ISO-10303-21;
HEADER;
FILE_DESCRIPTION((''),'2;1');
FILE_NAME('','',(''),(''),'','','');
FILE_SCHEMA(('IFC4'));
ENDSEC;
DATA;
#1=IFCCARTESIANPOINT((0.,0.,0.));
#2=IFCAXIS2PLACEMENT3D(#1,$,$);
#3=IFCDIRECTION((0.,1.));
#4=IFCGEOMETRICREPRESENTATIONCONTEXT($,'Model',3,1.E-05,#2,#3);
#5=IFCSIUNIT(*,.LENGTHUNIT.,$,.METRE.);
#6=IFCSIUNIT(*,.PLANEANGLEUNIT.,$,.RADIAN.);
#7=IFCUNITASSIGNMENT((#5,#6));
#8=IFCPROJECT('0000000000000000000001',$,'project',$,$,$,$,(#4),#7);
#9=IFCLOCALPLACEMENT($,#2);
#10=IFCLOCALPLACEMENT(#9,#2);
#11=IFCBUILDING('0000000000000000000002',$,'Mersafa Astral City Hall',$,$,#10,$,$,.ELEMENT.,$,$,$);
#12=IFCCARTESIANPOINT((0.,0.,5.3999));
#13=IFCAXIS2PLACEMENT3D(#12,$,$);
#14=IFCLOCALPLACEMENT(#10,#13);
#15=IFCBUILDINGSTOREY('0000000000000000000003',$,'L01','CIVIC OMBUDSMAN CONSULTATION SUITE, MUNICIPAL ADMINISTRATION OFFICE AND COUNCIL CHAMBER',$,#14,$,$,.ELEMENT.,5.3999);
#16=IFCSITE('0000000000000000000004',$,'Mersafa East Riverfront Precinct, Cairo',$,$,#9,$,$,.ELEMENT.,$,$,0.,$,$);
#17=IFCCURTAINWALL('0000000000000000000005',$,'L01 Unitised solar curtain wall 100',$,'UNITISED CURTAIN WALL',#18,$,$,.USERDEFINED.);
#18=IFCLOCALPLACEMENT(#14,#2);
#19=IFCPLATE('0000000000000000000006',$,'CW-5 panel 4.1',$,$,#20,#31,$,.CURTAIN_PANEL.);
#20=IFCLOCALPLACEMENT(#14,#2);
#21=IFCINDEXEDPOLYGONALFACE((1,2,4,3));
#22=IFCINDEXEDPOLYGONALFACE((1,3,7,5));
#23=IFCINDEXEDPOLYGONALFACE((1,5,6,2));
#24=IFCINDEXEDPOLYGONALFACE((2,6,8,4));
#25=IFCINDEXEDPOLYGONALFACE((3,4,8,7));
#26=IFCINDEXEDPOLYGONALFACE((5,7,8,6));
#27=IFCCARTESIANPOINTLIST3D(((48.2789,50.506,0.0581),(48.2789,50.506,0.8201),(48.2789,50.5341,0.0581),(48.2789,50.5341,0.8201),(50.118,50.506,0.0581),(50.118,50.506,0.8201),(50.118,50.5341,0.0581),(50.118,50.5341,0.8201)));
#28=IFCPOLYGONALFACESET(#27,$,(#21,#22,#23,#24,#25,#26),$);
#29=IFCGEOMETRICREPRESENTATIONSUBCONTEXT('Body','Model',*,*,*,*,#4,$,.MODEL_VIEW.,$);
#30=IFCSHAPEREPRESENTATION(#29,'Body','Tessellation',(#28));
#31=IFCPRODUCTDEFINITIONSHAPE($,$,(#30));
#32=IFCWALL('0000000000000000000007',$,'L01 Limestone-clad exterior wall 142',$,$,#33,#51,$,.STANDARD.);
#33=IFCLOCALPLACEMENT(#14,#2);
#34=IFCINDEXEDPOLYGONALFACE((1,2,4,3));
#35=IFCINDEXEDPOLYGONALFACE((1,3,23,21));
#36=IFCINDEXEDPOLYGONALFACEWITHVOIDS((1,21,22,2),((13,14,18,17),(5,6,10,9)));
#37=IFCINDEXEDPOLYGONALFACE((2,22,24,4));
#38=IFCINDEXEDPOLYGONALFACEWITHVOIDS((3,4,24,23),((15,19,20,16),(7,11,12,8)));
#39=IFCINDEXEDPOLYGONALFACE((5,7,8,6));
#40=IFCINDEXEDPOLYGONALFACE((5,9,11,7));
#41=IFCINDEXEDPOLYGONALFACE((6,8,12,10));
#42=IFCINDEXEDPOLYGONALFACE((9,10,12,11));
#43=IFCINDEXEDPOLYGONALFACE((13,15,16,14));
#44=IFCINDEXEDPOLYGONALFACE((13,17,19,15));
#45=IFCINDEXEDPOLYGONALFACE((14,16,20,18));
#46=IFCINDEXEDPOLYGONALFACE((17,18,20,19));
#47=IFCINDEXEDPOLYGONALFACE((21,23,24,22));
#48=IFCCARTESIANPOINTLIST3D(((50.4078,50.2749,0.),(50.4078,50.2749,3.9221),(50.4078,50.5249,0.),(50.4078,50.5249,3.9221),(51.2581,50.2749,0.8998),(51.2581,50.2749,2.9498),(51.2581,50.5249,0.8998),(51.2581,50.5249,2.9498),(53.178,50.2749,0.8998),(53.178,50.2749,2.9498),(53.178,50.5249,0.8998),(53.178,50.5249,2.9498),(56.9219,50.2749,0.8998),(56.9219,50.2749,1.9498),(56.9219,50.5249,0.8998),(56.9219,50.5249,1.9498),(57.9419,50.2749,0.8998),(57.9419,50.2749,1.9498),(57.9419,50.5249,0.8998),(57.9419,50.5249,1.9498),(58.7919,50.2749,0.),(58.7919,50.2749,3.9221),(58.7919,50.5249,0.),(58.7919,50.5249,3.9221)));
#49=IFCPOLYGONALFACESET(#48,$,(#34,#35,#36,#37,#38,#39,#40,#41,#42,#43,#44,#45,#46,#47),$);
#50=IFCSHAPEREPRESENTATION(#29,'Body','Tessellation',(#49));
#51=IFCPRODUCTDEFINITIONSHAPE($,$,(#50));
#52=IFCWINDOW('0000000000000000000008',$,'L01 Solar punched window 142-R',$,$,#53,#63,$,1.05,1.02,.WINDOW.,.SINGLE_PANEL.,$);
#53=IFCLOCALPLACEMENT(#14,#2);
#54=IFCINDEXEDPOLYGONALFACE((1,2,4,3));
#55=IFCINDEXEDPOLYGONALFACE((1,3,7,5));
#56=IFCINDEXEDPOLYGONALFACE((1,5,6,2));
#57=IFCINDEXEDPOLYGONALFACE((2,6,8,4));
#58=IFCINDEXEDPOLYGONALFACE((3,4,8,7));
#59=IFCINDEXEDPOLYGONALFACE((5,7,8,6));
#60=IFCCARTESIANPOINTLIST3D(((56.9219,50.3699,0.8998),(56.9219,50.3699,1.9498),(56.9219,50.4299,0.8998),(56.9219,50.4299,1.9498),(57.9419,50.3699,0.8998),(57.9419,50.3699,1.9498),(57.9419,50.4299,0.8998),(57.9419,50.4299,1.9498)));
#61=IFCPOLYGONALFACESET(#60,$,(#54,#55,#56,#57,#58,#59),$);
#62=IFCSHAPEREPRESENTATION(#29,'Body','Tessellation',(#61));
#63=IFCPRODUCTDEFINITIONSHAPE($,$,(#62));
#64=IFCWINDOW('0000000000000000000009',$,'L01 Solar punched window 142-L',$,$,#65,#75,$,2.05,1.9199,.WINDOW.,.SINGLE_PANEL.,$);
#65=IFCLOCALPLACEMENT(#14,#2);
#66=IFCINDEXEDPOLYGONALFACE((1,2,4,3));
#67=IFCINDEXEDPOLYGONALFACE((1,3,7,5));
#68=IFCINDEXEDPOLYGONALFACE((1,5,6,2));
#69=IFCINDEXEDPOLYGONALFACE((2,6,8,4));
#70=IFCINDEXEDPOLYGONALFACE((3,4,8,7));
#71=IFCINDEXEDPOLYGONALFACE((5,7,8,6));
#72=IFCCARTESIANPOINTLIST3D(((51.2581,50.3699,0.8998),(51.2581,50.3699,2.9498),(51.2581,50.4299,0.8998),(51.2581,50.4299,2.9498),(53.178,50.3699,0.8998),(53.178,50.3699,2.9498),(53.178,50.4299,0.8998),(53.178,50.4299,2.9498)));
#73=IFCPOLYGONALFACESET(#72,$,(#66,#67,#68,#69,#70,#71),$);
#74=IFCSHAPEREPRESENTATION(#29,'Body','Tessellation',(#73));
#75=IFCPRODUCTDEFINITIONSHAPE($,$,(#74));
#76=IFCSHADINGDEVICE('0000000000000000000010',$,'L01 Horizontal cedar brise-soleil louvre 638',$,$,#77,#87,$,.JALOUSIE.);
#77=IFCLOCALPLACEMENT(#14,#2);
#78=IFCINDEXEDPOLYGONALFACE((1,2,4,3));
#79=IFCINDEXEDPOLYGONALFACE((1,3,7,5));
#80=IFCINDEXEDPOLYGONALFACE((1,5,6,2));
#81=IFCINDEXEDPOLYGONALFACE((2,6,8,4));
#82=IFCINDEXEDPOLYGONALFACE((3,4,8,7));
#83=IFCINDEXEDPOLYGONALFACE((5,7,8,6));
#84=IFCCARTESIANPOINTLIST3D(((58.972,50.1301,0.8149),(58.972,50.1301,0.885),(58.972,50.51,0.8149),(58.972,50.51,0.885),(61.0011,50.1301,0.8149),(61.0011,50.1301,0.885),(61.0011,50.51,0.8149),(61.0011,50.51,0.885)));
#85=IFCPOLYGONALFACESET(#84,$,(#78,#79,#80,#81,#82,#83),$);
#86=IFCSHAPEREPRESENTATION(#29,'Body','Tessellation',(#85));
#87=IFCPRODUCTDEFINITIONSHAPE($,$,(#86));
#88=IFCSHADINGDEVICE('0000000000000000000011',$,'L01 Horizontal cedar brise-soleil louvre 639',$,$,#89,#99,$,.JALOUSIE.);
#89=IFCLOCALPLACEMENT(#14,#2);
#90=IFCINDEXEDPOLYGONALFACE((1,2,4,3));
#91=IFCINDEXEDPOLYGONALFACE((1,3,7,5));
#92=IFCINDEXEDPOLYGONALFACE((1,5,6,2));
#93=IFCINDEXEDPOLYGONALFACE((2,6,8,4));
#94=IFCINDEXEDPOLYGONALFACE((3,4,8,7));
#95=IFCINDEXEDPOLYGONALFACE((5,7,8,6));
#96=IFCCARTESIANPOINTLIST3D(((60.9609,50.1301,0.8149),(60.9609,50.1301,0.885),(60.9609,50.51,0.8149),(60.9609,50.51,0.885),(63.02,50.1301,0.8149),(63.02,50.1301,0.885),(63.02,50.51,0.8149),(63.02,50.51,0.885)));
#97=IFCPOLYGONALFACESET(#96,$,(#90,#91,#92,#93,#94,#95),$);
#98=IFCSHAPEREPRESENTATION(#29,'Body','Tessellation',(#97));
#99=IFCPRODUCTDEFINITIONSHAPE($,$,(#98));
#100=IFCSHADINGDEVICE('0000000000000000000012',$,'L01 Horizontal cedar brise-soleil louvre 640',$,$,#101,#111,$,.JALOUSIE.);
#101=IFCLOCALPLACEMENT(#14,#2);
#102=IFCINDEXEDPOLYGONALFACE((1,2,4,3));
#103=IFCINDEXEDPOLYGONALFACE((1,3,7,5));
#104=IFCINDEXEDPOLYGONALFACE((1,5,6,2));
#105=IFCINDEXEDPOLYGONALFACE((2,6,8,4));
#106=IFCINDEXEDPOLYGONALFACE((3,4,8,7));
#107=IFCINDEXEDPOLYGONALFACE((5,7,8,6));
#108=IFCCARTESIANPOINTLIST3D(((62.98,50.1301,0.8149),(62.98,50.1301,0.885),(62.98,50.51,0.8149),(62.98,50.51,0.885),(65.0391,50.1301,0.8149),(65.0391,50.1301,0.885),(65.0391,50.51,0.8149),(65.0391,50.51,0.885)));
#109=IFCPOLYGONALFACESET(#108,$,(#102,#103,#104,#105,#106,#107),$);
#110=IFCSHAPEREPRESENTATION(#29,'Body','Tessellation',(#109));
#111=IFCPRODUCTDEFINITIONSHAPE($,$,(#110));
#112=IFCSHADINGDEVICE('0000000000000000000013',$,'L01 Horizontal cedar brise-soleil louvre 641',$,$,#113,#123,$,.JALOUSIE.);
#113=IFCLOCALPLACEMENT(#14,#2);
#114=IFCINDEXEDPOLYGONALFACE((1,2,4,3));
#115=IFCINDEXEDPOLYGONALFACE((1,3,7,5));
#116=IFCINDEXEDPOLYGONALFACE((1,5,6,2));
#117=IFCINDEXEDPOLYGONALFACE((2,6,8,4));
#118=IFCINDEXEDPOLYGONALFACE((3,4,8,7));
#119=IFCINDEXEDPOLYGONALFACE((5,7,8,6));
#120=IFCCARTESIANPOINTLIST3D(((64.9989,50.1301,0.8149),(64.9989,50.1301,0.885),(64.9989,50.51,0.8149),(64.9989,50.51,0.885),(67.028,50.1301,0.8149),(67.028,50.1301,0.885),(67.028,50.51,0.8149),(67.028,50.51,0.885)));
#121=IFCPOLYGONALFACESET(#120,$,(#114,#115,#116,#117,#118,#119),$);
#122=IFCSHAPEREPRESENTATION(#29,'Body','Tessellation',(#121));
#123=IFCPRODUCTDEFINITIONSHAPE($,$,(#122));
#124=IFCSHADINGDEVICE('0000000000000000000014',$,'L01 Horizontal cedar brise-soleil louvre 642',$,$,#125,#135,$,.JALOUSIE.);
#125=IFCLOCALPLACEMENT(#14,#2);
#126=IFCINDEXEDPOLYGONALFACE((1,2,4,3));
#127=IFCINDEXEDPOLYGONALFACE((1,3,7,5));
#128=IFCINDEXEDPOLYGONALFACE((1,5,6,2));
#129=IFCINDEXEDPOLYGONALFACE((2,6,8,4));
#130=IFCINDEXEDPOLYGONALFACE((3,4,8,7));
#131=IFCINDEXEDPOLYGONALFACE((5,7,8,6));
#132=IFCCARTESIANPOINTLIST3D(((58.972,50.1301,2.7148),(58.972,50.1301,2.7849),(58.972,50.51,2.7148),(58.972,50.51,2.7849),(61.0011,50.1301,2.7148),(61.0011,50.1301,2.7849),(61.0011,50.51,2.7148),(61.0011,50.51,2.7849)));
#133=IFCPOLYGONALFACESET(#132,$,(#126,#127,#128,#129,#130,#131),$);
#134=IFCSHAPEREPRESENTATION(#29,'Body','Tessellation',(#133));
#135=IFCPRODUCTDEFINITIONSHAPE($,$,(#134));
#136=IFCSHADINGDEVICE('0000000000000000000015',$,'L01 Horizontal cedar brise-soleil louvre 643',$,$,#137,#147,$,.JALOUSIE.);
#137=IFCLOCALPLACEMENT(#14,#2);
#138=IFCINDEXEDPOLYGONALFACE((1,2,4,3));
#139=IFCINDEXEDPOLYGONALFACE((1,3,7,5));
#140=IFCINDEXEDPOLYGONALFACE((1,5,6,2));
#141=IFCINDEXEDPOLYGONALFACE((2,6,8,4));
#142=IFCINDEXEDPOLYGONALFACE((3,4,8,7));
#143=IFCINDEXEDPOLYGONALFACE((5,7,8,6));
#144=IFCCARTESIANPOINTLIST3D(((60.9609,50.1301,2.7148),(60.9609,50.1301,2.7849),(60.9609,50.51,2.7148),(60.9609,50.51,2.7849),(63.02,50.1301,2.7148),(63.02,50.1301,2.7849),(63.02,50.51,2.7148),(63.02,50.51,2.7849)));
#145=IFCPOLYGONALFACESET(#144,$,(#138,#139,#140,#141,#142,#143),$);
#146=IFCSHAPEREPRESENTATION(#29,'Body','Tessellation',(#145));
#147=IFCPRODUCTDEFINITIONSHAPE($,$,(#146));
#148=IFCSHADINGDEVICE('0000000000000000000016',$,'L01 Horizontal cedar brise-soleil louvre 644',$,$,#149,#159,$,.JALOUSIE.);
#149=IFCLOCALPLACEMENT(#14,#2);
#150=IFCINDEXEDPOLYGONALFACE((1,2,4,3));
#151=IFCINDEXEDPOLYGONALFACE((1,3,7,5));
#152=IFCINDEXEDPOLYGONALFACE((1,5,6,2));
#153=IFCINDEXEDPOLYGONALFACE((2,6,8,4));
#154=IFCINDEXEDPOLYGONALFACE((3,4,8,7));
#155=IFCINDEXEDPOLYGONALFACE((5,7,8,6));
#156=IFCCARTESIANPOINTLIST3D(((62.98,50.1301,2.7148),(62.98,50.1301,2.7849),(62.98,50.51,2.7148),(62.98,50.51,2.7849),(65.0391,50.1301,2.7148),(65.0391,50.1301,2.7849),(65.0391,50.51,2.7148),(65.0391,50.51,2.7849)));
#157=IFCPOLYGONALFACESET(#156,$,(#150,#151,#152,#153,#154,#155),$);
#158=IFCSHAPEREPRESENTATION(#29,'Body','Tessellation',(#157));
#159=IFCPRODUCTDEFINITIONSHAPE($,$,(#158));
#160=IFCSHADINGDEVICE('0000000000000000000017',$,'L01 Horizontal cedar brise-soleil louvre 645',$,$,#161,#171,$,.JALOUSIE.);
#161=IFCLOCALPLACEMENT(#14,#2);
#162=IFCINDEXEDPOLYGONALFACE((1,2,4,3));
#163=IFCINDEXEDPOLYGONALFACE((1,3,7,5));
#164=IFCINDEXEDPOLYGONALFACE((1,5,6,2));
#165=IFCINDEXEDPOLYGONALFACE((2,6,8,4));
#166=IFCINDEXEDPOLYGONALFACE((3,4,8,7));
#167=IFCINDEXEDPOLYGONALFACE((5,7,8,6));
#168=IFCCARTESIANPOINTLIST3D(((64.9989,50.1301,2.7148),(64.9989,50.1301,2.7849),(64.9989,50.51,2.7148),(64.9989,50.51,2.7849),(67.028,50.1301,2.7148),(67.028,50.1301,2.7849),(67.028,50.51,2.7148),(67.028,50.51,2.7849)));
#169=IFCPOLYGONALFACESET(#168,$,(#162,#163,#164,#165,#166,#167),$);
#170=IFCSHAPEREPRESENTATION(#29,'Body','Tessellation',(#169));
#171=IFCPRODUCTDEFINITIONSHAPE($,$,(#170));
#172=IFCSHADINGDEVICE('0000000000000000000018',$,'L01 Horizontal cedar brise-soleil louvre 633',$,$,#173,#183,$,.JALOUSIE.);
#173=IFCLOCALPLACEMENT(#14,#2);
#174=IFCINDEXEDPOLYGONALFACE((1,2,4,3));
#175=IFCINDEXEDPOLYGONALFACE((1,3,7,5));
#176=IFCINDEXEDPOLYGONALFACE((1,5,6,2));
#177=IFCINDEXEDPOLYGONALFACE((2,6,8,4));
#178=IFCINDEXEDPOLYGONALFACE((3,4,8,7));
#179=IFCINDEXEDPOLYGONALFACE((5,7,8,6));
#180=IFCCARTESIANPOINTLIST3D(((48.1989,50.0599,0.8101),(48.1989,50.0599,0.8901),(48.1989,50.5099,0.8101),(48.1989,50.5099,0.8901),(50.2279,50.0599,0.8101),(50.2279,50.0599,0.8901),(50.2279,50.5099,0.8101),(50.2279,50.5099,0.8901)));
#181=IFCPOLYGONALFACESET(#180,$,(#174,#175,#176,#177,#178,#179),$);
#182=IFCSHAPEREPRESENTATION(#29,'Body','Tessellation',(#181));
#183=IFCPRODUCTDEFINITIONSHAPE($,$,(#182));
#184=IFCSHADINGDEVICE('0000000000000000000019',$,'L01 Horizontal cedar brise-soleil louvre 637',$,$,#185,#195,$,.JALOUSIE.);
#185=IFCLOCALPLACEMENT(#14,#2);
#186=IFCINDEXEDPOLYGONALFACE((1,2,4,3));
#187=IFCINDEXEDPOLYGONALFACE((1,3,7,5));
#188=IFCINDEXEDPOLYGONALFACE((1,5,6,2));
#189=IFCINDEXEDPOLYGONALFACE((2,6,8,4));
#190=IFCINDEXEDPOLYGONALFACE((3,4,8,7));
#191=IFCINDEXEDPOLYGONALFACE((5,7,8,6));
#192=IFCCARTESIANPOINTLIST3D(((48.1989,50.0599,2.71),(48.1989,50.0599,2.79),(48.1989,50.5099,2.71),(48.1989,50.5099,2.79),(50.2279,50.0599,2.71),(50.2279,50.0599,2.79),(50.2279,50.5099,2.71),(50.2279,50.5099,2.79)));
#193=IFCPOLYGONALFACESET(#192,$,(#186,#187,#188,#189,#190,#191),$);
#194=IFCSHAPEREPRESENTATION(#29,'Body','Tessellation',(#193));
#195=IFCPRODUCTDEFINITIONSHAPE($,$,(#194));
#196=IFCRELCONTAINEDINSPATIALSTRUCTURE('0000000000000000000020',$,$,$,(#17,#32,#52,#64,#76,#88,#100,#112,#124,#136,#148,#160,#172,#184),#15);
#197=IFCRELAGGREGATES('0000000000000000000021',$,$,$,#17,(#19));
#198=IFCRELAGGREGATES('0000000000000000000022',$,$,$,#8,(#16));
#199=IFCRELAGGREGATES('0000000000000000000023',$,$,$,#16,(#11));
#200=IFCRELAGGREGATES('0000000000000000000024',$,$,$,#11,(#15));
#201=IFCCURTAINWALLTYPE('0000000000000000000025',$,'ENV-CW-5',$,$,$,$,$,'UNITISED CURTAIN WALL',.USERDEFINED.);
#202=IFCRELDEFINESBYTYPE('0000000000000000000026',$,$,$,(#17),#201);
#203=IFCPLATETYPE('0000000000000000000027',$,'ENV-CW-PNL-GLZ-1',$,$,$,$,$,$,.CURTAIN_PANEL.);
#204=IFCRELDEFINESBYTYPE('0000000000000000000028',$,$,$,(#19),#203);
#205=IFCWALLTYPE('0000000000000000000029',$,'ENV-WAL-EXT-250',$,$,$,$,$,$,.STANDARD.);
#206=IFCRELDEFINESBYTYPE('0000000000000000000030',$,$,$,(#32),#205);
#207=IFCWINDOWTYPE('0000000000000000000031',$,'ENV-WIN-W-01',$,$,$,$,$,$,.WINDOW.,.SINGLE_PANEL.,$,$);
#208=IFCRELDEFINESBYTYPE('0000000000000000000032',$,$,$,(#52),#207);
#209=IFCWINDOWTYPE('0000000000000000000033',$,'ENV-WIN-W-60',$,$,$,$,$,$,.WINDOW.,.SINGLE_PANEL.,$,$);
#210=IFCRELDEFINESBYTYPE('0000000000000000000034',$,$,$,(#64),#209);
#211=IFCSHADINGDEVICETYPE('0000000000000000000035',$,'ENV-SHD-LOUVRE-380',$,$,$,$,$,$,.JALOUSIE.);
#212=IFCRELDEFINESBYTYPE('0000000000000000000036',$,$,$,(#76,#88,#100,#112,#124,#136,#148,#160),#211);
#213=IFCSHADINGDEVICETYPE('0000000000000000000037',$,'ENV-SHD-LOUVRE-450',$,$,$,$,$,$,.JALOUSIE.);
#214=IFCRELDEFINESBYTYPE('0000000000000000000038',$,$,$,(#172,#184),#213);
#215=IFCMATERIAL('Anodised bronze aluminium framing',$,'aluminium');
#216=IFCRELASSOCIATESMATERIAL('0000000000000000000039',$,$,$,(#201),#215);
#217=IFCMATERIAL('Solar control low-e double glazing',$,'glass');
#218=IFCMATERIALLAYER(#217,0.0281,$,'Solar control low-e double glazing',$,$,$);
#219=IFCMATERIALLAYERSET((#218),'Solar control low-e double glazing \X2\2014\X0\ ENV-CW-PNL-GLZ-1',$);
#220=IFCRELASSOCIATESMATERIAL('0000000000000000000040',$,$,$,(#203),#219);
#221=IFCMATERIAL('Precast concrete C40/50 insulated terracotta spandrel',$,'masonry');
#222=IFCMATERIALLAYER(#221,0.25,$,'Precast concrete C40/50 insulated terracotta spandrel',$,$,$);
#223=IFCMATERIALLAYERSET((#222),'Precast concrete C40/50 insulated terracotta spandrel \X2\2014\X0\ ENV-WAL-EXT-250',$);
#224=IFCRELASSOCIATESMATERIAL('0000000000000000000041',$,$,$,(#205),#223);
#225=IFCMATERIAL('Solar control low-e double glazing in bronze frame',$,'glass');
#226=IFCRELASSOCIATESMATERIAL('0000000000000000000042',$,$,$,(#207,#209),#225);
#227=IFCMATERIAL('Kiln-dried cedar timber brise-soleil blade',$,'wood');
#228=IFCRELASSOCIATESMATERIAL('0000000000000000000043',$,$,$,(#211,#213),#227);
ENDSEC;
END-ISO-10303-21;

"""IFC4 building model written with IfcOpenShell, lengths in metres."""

from ifc_helpers import new_model, si_unit, direction, frame, frame_2d, origin, origin_2d, place, context, subcontext, project, spatial, rectangle, extrude, material, layer, layer_set, type_object, element, fill, aggregate, save


model = new_model("IFC4")

# Units and contexts
model_context = context("Model", 3, precision=1e-05, world=origin(), true_north=direction((0.0, 1.0)))
body_context = subcontext(model_context, "Body", "Model", "MODEL_VIEW")
ifc_project = project(units=[si_unit("LENGTHUNIT", "METRE"), si_unit("PLANEANGLEUNIT", "RADIAN")], contexts=[model_context])

# Site, building, storey
site_placement = place(None, origin())
site = spatial("IfcSite", under=ifc_project, at=site_placement, Name="Mersafa East Riverfront Precinct, Cairo", CompositionType="ELEMENT", RefElevation=0.0)
building_placement = place(site_placement, origin())
building = spatial("IfcBuilding", under=site, at=building_placement, Name="Mersafa Astral City Hall", CompositionType="ELEMENT")
storey_placement = place(building_placement, frame((0.0, 0.0, 5.3999)))
storey = spatial("IfcBuildingStorey", under=building, at=storey_placement, Name="L01", Description="CIVIC OMBUDSMAN CONSULTATION SUITE, MUNICIPAL ADMINISTRATION OFFICE AND COUNCIL CHAMBER", CompositionType="ELEMENT", Elevation=5.3999)

# Curtain wall
ifc_material_1 = material(Name="Anodised bronze aluminium framing", Category="aluminium")
curtain_wall_type = type_object("IfcCurtainWallType", Name="ENV-CW-5", ElementType="UNITISED CURTAIN WALL", PredefinedType="USERDEFINED", material=ifc_material_1)
curtain_wall_placement = place(storey_placement, origin())
curtain_wall = element("IfcCurtainWall", 1, at=curtain_wall_placement, inside=storey, type_object=curtain_wall_type, Name="L01 Unitised solar curtain wall 100", ObjectType="UNITISED CURTAIN WALL", PredefinedType="USERDEFINED")

# Plate
ifc_material_2 = material(Name="Solar control low-e double glazing", Category="glass")
ifc_layer_1 = layer(ifc_material_2, 0.0281, Name="Solar control low-e double glazing")
ifc_layer_set_1 = layer_set([ifc_layer_1], Name="Solar control low-e double glazing — ENV-CW-PNL-GLZ-1")
plate_type = type_object("IfcPlateType", Name="ENV-CW-PNL-GLZ-1", PredefinedType="CURTAIN_PANEL", material=ifc_layer_set_1)
plate_placement = place(storey_placement, frame((49.1985, 50.52, 0.0581), z_axis=(0.0, 0.0, 1.0), x_axis=(1.0, 0.0, 0.0)))
plate = element("IfcPlate", 2, at=plate_placement, type_object=plate_type, Name="CW-5 panel 4.1", PredefinedType="CURTAIN_PANEL", context=body_context, shape_type="SweptSolid", body=[
    extrude(rectangle(XDim=1.8391, YDim=0.0281, at=origin_2d()), origin(), (0.0, 0.0, 1.0), 0.762),
])
aggregate(curtain_wall, [plate])

# Wall, openings, windows
ifc_material_3 = material(Name="Precast concrete C40/50 insulated terracotta spandrel", Category="masonry")
ifc_layer_2 = layer(ifc_material_3, 0.25, Name="Precast concrete C40/50 insulated terracotta spandrel")
ifc_layer_set_2 = layer_set([ifc_layer_2], Name="Precast concrete C40/50 insulated terracotta spandrel — ENV-WAL-EXT-250")
wall_type = type_object("IfcWallType", Name="ENV-WAL-EXT-250", PredefinedType="STANDARD", material=ifc_layer_set_2)
wall_placement = place(storey_placement, frame((50.408, 50.3999, 0.0), z_axis=(0.0, 0.0, 1.0), x_axis=(1.0, 0.0, 0.0)))
wall = element("IfcWall", 3, at=wall_placement, inside=storey, type_object=wall_type, Name="L01 Limestone-clad exterior wall 142", PredefinedType="STANDARD", context=body_context, shape_type="SweptSolid", body=[
    extrude(rectangle(XDim=8.384, YDim=0.25, at=frame_2d((4.1919, 0.0))), origin(), (0.0, 0.0, 1.0), 3.9221),
])
opening_1_placement = place(wall_placement, frame((0.8501, 0.0, 0.8999)))
opening_1 = element("IfcOpeningElement", 4, at=opening_1_placement, cuts=wall, PredefinedType="OPENING", context=body_context, shape_type="SweptSolid", body=[
    extrude(rectangle(XDim=1.9199, YDim=2.05, at=frame_2d((0.96, 1.0249))), frame((0.0, 0.135, 0.0), z_axis=(0.0, -1.0, 0.0), x_axis=(1.0, 0.0, 0.0)), (0.0, 0.0, 1.0), 0.27),
])
opening_2_placement = place(wall_placement, frame((6.5139, 0.0, 0.8999)))
opening_2 = element("IfcOpeningElement", 5, at=opening_2_placement, cuts=wall, PredefinedType="OPENING", context=body_context, shape_type="SweptSolid", body=[
    extrude(rectangle(XDim=1.02, YDim=1.05, at=frame_2d((0.51, 0.5249))), frame((0.0, 0.135, 0.0), z_axis=(0.0, -1.0, 0.0), x_axis=(1.0, 0.0, 0.0)), (0.0, 0.0, 1.0), 0.27),
])
ifc_material_4 = material(Name="Solar control low-e double glazing in bronze frame", Category="glass")
window_type_1 = type_object("IfcWindowType", Name="ENV-WIN-W-01", PartitioningType="SINGLE_PANEL", PredefinedType="WINDOW", material=ifc_material_4)
window_1_placement = place(opening_2_placement, origin())
window_1 = element("IfcWindow", 6, at=window_1_placement, inside=storey, type_object=window_type_1, Name="L01 Solar punched window 142-R", OverallHeight=1.05, OverallWidth=1.02, PartitioningType="SINGLE_PANEL", PredefinedType="WINDOW", context=body_context, shape_type="SweptSolid", body=[
    extrude(rectangle(XDim=1.02, YDim=1.05, at=frame_2d((0.51, 0.5249))), frame((0.0, 0.03, 0.0), z_axis=(0.0, -1.0, 0.0), x_axis=(1.0, 0.0, 0.0)), (0.0, 0.0, 1.0), 0.0601),
])
fill(opening_2, window_1)
window_type_2 = type_object("IfcWindowType", Name="ENV-WIN-W-60", PartitioningType="SINGLE_PANEL", PredefinedType="WINDOW", material=ifc_material_4)
window_2_placement = place(opening_1_placement, origin())
window_2 = element("IfcWindow", 7, at=window_2_placement, inside=storey, type_object=window_type_2, Name="L01 Solar punched window 142-L", OverallHeight=2.05, OverallWidth=1.9199, PartitioningType="SINGLE_PANEL", PredefinedType="WINDOW", context=body_context, shape_type="SweptSolid", body=[
    extrude(rectangle(XDim=1.9199, YDim=2.05, at=frame_2d((0.96, 1.0249))), frame((0.0, 0.03, 0.0), z_axis=(0.0, -1.0, 0.0), x_axis=(1.0, 0.0, 0.0)), (0.0, 0.0, 1.0), 0.0601),
])
fill(opening_1, window_2)

# Shading devices
ifc_material_5 = material(Name="Kiln-dried cedar timber brise-soleil blade", Category="wood")
shading_device_type_1 = type_object("IfcShadingDeviceType", Name="ENV-SHD-LOUVRE-380", PredefinedType="JALOUSIE", material=ifc_material_5)
shading_device_1_placement = place(storey_placement, frame((59.9866, 50.3201, 0.8149), z_axis=(0.0, 0.0, 1.0), x_axis=(1.0, 0.0, 0.0)))
element("IfcShadingDevice", 8, at=shading_device_1_placement, inside=storey, type_object=shading_device_type_1, Name="L01 Horizontal cedar brise-soleil louvre 638", PredefinedType="JALOUSIE", context=body_context, shape_type="SweptSolid", body=[
    extrude(rectangle(XDim=2.0291, YDim=0.3799, at=origin_2d()), origin(), (0.0, 0.0, 1.0), 0.0701),
])
for number, where, z_axis, x_axis, name in (
    (9, (61.9905, 50.3201, 0.8149), (0.0, 0.0, 1.0), (1.0, 0.0, 0.0), "L01 Horizontal cedar brise-soleil louvre 639"),
    (10, (64.0095, 50.3201, 0.8149), (0.0, 0.0, 1.0), (1.0, 0.0, 0.0), "L01 Horizontal cedar brise-soleil louvre 640"),
):
    element("IfcShadingDevice", number, at=place(storey_placement, frame(where, z_axis=z_axis, x_axis=x_axis)), inside=storey, type_object=shading_device_type_1, Name=name, PredefinedType="JALOUSIE", context=body_context, shape_type="SweptSolid", body=[
        extrude(rectangle(XDim=2.0591, YDim=0.3799, at=origin_2d()), origin(), (0.0, 0.0, 1.0), 0.0701),
    ])
for number, where, z_axis, x_axis, name in (
    (11, (66.0134, 50.3201, 0.8149), (0.0, 0.0, 1.0), (1.0, 0.0, 0.0), "L01 Horizontal cedar brise-soleil louvre 641"),
    (12, (59.9866, 50.3201, 2.7148), (0.0, 0.0, 1.0), (1.0, 0.0, 0.0), "L01 Horizontal cedar brise-soleil louvre 642"),
):
    element("IfcShadingDevice", number, at=place(storey_placement, frame(where, z_axis=z_axis, x_axis=x_axis)), inside=storey, type_object=shading_device_type_1, Name=name, PredefinedType="JALOUSIE", context=body_context, shape_type="SweptSolid", body=[
        extrude(rectangle(XDim=2.0291, YDim=0.3799, at=origin_2d()), origin(), (0.0, 0.0, 1.0), 0.0701),
    ])
for number, where, z_axis, x_axis, name in (
    (13, (61.9905, 50.3201, 2.7148), (0.0, 0.0, 1.0), (1.0, 0.0, 0.0), "L01 Horizontal cedar brise-soleil louvre 643"),
    (14, (64.0095, 50.3201, 2.7148), (0.0, 0.0, 1.0), (1.0, 0.0, 0.0), "L01 Horizontal cedar brise-soleil louvre 644"),
):
    element("IfcShadingDevice", number, at=place(storey_placement, frame(where, z_axis=z_axis, x_axis=x_axis)), inside=storey, type_object=shading_device_type_1, Name=name, PredefinedType="JALOUSIE", context=body_context, shape_type="SweptSolid", body=[
        extrude(rectangle(XDim=2.0591, YDim=0.3799, at=origin_2d()), origin(), (0.0, 0.0, 1.0), 0.0701),
    ])
shading_device_2_placement = place(storey_placement, frame((66.0134, 50.3201, 2.7148), z_axis=(0.0, 0.0, 1.0), x_axis=(1.0, 0.0, 0.0)))
element("IfcShadingDevice", 15, at=shading_device_2_placement, inside=storey, type_object=shading_device_type_1, Name="L01 Horizontal cedar brise-soleil louvre 645", PredefinedType="JALOUSIE", context=body_context, shape_type="SweptSolid", body=[
    extrude(rectangle(XDim=2.0291, YDim=0.3799, at=origin_2d()), origin(), (0.0, 0.0, 1.0), 0.0701),
])
shading_device_type_2 = type_object("IfcShadingDeviceType", Name="ENV-SHD-LOUVRE-450", PredefinedType="JALOUSIE", material=ifc_material_5)
for number, where, z_axis, x_axis, name in (
    (16, (49.2134, 50.2849, 0.8101), (0.0, 0.0, 1.0), (1.0, 0.0, 0.0), "L01 Horizontal cedar brise-soleil louvre 633"),
    (17, (49.2134, 50.2849, 2.71), (0.0, 0.0, 1.0), (1.0, 0.0, 0.0), "L01 Horizontal cedar brise-soleil louvre 637"),
):
    element("IfcShadingDevice", number, at=place(storey_placement, frame(where, z_axis=z_axis, x_axis=x_axis)), inside=storey, type_object=shading_device_type_2, Name=name, PredefinedType="JALOUSIE", context=body_context, shape_type="SweptSolid", body=[
        extrude(rectangle(XDim=2.0291, YDim=0.45, at=origin_2d()), origin(), (0.0, 0.0, 1.0), 0.0801),
    ])

save(model, "model.ifc")
